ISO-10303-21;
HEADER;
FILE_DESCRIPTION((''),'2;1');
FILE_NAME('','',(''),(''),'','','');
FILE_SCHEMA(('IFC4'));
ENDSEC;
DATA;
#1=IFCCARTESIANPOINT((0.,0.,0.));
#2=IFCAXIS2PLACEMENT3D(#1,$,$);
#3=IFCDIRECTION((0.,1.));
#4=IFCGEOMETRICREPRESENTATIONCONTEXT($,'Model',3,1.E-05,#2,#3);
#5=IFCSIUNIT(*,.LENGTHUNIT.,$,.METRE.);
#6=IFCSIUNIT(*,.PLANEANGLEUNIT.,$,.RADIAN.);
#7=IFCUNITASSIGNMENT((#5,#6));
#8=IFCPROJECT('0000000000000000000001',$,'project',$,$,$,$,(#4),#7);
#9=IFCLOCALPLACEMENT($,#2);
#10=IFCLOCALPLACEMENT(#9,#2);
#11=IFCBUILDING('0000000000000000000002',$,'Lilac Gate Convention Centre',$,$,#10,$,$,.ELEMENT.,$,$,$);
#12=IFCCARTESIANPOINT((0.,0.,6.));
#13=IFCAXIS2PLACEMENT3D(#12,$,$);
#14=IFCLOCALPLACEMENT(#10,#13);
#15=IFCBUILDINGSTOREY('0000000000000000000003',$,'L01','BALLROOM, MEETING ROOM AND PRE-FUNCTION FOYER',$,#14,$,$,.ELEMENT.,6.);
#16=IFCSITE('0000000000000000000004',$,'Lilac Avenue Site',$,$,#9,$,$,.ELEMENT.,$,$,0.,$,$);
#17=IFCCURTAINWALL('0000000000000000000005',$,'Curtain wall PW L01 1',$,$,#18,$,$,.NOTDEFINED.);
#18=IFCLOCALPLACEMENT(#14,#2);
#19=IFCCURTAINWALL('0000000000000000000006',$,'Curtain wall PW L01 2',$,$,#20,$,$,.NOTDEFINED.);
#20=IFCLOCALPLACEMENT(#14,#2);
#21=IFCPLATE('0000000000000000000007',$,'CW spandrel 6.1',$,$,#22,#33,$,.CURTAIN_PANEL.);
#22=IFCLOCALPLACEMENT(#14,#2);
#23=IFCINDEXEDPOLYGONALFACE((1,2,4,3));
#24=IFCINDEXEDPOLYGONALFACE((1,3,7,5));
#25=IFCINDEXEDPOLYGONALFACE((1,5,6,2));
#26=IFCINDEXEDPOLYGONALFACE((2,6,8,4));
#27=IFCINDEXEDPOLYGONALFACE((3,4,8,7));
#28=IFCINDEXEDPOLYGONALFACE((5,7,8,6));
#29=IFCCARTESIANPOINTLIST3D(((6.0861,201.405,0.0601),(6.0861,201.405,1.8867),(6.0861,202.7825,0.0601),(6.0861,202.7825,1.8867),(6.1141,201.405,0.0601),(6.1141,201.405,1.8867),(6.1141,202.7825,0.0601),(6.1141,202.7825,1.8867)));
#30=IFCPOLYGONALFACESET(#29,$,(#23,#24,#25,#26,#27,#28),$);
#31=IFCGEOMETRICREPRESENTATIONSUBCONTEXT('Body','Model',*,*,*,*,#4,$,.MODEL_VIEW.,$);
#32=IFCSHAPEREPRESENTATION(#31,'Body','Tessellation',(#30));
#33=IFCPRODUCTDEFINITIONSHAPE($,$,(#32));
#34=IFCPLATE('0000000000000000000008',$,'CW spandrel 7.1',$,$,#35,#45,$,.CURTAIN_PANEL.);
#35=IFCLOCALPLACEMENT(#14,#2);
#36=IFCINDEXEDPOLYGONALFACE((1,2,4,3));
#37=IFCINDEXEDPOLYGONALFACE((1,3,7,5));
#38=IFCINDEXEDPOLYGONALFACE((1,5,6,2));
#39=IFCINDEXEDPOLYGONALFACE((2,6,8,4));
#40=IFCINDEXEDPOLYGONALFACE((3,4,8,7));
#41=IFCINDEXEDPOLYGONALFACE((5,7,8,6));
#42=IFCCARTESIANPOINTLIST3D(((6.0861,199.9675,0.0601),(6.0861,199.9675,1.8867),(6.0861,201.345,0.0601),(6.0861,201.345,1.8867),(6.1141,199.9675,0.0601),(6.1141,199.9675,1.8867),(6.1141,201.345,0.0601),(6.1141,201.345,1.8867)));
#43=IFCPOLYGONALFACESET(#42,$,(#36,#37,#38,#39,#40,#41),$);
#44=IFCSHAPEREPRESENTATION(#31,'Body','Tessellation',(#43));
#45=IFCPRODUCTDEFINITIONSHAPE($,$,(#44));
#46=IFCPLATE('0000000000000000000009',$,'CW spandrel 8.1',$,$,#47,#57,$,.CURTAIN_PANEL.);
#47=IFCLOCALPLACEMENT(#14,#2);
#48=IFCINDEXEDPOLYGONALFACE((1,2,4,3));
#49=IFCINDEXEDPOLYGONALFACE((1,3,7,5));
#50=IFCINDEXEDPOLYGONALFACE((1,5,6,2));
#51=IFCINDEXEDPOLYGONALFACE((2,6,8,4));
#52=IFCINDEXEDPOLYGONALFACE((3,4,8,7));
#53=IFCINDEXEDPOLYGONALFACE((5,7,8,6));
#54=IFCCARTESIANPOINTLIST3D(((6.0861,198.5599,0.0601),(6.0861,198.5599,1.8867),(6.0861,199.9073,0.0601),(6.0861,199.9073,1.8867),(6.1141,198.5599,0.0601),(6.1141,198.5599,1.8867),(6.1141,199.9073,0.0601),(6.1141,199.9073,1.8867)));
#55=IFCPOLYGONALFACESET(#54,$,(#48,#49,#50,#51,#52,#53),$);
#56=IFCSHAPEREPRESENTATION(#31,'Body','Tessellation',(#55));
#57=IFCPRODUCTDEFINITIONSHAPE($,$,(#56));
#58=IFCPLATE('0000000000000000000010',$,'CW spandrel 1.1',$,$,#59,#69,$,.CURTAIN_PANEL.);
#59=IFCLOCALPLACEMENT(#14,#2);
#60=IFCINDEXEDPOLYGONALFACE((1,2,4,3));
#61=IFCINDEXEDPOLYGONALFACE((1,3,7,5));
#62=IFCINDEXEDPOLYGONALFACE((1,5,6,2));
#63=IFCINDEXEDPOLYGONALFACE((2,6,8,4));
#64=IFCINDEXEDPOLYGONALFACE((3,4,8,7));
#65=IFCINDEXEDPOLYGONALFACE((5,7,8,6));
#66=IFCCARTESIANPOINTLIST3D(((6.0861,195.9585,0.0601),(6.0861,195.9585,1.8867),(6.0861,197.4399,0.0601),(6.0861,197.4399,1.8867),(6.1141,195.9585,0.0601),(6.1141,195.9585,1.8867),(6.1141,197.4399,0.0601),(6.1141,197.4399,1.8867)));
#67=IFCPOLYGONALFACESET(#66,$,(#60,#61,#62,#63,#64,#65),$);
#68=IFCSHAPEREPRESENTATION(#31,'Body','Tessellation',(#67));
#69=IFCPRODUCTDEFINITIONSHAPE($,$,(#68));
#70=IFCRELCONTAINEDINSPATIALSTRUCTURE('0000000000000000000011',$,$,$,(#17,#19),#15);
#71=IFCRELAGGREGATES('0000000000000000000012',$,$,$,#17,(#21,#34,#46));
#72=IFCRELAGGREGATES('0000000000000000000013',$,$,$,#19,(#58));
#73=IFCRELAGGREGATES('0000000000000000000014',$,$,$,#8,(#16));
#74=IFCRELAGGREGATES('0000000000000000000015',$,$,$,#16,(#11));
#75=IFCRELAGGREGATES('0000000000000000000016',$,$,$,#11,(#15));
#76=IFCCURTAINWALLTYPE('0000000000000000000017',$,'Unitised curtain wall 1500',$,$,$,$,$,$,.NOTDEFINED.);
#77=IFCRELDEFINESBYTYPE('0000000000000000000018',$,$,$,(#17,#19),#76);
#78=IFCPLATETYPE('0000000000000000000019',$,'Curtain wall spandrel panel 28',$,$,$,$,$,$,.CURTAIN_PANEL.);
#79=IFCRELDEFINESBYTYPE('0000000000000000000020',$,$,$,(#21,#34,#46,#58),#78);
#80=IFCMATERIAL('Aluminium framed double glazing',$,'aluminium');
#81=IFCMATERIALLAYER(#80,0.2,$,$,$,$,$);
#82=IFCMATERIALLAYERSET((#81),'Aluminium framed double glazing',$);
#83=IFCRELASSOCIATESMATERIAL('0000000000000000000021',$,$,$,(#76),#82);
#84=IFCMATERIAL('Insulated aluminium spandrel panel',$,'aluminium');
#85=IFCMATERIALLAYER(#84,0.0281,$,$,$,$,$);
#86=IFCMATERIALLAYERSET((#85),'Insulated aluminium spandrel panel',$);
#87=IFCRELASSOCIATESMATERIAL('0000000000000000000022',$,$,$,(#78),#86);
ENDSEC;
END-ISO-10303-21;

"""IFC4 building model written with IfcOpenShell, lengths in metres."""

from ifc_helpers import new_model, si_unit, direction, frame, origin, origin_2d, place, context, subcontext, project, spatial, rectangle, extrude, material, layer, layer_set, type_object, element, aggregate, save


model = new_model("IFC4")

# Units and contexts
model_context = context("Model", 3, precision=1e-05, world=origin(), true_north=direction((0.0, 1.0)))
body_context = subcontext(model_context, "Body", "Model", "MODEL_VIEW")
ifc_project = project(units=[si_unit("LENGTHUNIT", "METRE"), si_unit("PLANEANGLEUNIT", "RADIAN")], contexts=[model_context])

# Site, building, storey
site_placement = place(None, origin())
site = spatial("IfcSite", under=ifc_project, at=site_placement, Name="Lilac Avenue Site", CompositionType="ELEMENT", RefElevation=0.0)
building_placement = place(site_placement, origin())
building = spatial("IfcBuilding", under=site, at=building_placement, Name="Lilac Gate Convention Centre", CompositionType="ELEMENT")
storey_placement = place(building_placement, frame((0.0, 0.0, 6.0)))
storey = spatial("IfcBuildingStorey", under=building, at=storey_placement, Name="L01", Description="BALLROOM, MEETING ROOM AND PRE-FUNCTION FOYER", CompositionType="ELEMENT", Elevation=6.0)

# Curtain walls
ifc_material_1 = material(Name="Aluminium framed double glazing", Category="aluminium")
ifc_layer_1 = layer(ifc_material_1, 0.2)
ifc_layer_set_1 = layer_set([ifc_layer_1], Name="Aluminium framed double glazing")
curtain_wall_type = type_object("IfcCurtainWallType", Name="Unitised curtain wall 1500", PredefinedType="NOTDEFINED", material=ifc_layer_set_1)
curtain_wall_1_placement = place(storey_placement, origin())
curtain_wall_1 = element("IfcCurtainWall", 1, at=curtain_wall_1_placement, inside=storey, type_object=curtain_wall_type, Name="Curtain wall PW L01 1", PredefinedType="NOTDEFINED")
curtain_wall_2_placement = place(storey_placement, origin())
curtain_wall_2 = element("IfcCurtainWall", 2, at=curtain_wall_2_placement, inside=storey, type_object=curtain_wall_type, Name="Curtain wall PW L01 2", PredefinedType="NOTDEFINED")

# Plates
ifc_material_2 = material(Name="Insulated aluminium spandrel panel", Category="aluminium")
ifc_layer_2 = layer(ifc_material_2, 0.0281)
ifc_layer_set_2 = layer_set([ifc_layer_2], Name="Insulated aluminium spandrel panel")
plate_type_1 = type_object("IfcPlateType", Name="Curtain wall spandrel panel 28", PredefinedType="CURTAIN_PANEL", material=ifc_layer_set_2)
plate_1_placement = place(storey_placement, frame((6.1001, 202.0938, 0.0601), z_axis=(0.0, 0.0, 1.0), x_axis=(0.0, -1.0, 0.0)))
plate_1 = element("IfcPlate", 3, at=plate_1_placement, type_object=plate_type_1, Name="CW spandrel 6.1", PredefinedType="CURTAIN_PANEL", context=body_context, shape_type="SweptSolid", body=[
    extrude(rectangle(XDim=1.3774, YDim=0.0281, at=origin_2d()), origin(), (0.0, 0.0, 1.0), 1.8267),
])
plate_2_placement = place(storey_placement, frame((6.1001, 200.6562, 0.0601), z_axis=(0.0, 0.0, 1.0), x_axis=(0.0, -1.0, 0.0)))
plate_2 = element("IfcPlate", 4, at=plate_2_placement, type_object=plate_type_1, Name="CW spandrel 7.1", PredefinedType="CURTAIN_PANEL", context=body_context, shape_type="SweptSolid", body=[
    extrude(rectangle(XDim=1.3774, YDim=0.0281, at=origin_2d()), origin(), (0.0, 0.0, 1.0), 1.8267),
])
plate_3_placement = place(storey_placement, frame((6.1001, 199.2336, 0.0601), z_axis=(0.0, 0.0, 1.0), x_axis=(0.0, -1.0, 0.0)))
plate_3 = element("IfcPlate", 5, at=plate_3_placement, type_object=plate_type_1, Name="CW spandrel 8.1", PredefinedType="CURTAIN_PANEL", context=body_context, shape_type="SweptSolid", body=[
    extrude(rectangle(XDim=1.3474, YDim=0.0281, at=origin_2d()), origin(), (0.0, 0.0, 1.0), 1.8267),
])
aggregate(curtain_wall_1, [plate_1, plate_2, plate_3])
plate_4_placement = place(storey_placement, frame((6.1001, 196.6992, 0.0601), z_axis=(0.0, 0.0, 1.0), x_axis=(0.0, -1.0, 0.0)))
plate_4 = element("IfcPlate", 6, at=plate_4_placement, type_object=plate_type_1, Name="CW spandrel 1.1", PredefinedType="CURTAIN_PANEL", context=body_context, shape_type="SweptSolid", body=[
    extrude(rectangle(XDim=1.4814, YDim=0.0281, at=origin_2d()), origin(), (0.0, 0.0, 1.0), 1.8267),
])
aggregate(curtain_wall_2, [plate_4])

save(model, "model.ifc")
